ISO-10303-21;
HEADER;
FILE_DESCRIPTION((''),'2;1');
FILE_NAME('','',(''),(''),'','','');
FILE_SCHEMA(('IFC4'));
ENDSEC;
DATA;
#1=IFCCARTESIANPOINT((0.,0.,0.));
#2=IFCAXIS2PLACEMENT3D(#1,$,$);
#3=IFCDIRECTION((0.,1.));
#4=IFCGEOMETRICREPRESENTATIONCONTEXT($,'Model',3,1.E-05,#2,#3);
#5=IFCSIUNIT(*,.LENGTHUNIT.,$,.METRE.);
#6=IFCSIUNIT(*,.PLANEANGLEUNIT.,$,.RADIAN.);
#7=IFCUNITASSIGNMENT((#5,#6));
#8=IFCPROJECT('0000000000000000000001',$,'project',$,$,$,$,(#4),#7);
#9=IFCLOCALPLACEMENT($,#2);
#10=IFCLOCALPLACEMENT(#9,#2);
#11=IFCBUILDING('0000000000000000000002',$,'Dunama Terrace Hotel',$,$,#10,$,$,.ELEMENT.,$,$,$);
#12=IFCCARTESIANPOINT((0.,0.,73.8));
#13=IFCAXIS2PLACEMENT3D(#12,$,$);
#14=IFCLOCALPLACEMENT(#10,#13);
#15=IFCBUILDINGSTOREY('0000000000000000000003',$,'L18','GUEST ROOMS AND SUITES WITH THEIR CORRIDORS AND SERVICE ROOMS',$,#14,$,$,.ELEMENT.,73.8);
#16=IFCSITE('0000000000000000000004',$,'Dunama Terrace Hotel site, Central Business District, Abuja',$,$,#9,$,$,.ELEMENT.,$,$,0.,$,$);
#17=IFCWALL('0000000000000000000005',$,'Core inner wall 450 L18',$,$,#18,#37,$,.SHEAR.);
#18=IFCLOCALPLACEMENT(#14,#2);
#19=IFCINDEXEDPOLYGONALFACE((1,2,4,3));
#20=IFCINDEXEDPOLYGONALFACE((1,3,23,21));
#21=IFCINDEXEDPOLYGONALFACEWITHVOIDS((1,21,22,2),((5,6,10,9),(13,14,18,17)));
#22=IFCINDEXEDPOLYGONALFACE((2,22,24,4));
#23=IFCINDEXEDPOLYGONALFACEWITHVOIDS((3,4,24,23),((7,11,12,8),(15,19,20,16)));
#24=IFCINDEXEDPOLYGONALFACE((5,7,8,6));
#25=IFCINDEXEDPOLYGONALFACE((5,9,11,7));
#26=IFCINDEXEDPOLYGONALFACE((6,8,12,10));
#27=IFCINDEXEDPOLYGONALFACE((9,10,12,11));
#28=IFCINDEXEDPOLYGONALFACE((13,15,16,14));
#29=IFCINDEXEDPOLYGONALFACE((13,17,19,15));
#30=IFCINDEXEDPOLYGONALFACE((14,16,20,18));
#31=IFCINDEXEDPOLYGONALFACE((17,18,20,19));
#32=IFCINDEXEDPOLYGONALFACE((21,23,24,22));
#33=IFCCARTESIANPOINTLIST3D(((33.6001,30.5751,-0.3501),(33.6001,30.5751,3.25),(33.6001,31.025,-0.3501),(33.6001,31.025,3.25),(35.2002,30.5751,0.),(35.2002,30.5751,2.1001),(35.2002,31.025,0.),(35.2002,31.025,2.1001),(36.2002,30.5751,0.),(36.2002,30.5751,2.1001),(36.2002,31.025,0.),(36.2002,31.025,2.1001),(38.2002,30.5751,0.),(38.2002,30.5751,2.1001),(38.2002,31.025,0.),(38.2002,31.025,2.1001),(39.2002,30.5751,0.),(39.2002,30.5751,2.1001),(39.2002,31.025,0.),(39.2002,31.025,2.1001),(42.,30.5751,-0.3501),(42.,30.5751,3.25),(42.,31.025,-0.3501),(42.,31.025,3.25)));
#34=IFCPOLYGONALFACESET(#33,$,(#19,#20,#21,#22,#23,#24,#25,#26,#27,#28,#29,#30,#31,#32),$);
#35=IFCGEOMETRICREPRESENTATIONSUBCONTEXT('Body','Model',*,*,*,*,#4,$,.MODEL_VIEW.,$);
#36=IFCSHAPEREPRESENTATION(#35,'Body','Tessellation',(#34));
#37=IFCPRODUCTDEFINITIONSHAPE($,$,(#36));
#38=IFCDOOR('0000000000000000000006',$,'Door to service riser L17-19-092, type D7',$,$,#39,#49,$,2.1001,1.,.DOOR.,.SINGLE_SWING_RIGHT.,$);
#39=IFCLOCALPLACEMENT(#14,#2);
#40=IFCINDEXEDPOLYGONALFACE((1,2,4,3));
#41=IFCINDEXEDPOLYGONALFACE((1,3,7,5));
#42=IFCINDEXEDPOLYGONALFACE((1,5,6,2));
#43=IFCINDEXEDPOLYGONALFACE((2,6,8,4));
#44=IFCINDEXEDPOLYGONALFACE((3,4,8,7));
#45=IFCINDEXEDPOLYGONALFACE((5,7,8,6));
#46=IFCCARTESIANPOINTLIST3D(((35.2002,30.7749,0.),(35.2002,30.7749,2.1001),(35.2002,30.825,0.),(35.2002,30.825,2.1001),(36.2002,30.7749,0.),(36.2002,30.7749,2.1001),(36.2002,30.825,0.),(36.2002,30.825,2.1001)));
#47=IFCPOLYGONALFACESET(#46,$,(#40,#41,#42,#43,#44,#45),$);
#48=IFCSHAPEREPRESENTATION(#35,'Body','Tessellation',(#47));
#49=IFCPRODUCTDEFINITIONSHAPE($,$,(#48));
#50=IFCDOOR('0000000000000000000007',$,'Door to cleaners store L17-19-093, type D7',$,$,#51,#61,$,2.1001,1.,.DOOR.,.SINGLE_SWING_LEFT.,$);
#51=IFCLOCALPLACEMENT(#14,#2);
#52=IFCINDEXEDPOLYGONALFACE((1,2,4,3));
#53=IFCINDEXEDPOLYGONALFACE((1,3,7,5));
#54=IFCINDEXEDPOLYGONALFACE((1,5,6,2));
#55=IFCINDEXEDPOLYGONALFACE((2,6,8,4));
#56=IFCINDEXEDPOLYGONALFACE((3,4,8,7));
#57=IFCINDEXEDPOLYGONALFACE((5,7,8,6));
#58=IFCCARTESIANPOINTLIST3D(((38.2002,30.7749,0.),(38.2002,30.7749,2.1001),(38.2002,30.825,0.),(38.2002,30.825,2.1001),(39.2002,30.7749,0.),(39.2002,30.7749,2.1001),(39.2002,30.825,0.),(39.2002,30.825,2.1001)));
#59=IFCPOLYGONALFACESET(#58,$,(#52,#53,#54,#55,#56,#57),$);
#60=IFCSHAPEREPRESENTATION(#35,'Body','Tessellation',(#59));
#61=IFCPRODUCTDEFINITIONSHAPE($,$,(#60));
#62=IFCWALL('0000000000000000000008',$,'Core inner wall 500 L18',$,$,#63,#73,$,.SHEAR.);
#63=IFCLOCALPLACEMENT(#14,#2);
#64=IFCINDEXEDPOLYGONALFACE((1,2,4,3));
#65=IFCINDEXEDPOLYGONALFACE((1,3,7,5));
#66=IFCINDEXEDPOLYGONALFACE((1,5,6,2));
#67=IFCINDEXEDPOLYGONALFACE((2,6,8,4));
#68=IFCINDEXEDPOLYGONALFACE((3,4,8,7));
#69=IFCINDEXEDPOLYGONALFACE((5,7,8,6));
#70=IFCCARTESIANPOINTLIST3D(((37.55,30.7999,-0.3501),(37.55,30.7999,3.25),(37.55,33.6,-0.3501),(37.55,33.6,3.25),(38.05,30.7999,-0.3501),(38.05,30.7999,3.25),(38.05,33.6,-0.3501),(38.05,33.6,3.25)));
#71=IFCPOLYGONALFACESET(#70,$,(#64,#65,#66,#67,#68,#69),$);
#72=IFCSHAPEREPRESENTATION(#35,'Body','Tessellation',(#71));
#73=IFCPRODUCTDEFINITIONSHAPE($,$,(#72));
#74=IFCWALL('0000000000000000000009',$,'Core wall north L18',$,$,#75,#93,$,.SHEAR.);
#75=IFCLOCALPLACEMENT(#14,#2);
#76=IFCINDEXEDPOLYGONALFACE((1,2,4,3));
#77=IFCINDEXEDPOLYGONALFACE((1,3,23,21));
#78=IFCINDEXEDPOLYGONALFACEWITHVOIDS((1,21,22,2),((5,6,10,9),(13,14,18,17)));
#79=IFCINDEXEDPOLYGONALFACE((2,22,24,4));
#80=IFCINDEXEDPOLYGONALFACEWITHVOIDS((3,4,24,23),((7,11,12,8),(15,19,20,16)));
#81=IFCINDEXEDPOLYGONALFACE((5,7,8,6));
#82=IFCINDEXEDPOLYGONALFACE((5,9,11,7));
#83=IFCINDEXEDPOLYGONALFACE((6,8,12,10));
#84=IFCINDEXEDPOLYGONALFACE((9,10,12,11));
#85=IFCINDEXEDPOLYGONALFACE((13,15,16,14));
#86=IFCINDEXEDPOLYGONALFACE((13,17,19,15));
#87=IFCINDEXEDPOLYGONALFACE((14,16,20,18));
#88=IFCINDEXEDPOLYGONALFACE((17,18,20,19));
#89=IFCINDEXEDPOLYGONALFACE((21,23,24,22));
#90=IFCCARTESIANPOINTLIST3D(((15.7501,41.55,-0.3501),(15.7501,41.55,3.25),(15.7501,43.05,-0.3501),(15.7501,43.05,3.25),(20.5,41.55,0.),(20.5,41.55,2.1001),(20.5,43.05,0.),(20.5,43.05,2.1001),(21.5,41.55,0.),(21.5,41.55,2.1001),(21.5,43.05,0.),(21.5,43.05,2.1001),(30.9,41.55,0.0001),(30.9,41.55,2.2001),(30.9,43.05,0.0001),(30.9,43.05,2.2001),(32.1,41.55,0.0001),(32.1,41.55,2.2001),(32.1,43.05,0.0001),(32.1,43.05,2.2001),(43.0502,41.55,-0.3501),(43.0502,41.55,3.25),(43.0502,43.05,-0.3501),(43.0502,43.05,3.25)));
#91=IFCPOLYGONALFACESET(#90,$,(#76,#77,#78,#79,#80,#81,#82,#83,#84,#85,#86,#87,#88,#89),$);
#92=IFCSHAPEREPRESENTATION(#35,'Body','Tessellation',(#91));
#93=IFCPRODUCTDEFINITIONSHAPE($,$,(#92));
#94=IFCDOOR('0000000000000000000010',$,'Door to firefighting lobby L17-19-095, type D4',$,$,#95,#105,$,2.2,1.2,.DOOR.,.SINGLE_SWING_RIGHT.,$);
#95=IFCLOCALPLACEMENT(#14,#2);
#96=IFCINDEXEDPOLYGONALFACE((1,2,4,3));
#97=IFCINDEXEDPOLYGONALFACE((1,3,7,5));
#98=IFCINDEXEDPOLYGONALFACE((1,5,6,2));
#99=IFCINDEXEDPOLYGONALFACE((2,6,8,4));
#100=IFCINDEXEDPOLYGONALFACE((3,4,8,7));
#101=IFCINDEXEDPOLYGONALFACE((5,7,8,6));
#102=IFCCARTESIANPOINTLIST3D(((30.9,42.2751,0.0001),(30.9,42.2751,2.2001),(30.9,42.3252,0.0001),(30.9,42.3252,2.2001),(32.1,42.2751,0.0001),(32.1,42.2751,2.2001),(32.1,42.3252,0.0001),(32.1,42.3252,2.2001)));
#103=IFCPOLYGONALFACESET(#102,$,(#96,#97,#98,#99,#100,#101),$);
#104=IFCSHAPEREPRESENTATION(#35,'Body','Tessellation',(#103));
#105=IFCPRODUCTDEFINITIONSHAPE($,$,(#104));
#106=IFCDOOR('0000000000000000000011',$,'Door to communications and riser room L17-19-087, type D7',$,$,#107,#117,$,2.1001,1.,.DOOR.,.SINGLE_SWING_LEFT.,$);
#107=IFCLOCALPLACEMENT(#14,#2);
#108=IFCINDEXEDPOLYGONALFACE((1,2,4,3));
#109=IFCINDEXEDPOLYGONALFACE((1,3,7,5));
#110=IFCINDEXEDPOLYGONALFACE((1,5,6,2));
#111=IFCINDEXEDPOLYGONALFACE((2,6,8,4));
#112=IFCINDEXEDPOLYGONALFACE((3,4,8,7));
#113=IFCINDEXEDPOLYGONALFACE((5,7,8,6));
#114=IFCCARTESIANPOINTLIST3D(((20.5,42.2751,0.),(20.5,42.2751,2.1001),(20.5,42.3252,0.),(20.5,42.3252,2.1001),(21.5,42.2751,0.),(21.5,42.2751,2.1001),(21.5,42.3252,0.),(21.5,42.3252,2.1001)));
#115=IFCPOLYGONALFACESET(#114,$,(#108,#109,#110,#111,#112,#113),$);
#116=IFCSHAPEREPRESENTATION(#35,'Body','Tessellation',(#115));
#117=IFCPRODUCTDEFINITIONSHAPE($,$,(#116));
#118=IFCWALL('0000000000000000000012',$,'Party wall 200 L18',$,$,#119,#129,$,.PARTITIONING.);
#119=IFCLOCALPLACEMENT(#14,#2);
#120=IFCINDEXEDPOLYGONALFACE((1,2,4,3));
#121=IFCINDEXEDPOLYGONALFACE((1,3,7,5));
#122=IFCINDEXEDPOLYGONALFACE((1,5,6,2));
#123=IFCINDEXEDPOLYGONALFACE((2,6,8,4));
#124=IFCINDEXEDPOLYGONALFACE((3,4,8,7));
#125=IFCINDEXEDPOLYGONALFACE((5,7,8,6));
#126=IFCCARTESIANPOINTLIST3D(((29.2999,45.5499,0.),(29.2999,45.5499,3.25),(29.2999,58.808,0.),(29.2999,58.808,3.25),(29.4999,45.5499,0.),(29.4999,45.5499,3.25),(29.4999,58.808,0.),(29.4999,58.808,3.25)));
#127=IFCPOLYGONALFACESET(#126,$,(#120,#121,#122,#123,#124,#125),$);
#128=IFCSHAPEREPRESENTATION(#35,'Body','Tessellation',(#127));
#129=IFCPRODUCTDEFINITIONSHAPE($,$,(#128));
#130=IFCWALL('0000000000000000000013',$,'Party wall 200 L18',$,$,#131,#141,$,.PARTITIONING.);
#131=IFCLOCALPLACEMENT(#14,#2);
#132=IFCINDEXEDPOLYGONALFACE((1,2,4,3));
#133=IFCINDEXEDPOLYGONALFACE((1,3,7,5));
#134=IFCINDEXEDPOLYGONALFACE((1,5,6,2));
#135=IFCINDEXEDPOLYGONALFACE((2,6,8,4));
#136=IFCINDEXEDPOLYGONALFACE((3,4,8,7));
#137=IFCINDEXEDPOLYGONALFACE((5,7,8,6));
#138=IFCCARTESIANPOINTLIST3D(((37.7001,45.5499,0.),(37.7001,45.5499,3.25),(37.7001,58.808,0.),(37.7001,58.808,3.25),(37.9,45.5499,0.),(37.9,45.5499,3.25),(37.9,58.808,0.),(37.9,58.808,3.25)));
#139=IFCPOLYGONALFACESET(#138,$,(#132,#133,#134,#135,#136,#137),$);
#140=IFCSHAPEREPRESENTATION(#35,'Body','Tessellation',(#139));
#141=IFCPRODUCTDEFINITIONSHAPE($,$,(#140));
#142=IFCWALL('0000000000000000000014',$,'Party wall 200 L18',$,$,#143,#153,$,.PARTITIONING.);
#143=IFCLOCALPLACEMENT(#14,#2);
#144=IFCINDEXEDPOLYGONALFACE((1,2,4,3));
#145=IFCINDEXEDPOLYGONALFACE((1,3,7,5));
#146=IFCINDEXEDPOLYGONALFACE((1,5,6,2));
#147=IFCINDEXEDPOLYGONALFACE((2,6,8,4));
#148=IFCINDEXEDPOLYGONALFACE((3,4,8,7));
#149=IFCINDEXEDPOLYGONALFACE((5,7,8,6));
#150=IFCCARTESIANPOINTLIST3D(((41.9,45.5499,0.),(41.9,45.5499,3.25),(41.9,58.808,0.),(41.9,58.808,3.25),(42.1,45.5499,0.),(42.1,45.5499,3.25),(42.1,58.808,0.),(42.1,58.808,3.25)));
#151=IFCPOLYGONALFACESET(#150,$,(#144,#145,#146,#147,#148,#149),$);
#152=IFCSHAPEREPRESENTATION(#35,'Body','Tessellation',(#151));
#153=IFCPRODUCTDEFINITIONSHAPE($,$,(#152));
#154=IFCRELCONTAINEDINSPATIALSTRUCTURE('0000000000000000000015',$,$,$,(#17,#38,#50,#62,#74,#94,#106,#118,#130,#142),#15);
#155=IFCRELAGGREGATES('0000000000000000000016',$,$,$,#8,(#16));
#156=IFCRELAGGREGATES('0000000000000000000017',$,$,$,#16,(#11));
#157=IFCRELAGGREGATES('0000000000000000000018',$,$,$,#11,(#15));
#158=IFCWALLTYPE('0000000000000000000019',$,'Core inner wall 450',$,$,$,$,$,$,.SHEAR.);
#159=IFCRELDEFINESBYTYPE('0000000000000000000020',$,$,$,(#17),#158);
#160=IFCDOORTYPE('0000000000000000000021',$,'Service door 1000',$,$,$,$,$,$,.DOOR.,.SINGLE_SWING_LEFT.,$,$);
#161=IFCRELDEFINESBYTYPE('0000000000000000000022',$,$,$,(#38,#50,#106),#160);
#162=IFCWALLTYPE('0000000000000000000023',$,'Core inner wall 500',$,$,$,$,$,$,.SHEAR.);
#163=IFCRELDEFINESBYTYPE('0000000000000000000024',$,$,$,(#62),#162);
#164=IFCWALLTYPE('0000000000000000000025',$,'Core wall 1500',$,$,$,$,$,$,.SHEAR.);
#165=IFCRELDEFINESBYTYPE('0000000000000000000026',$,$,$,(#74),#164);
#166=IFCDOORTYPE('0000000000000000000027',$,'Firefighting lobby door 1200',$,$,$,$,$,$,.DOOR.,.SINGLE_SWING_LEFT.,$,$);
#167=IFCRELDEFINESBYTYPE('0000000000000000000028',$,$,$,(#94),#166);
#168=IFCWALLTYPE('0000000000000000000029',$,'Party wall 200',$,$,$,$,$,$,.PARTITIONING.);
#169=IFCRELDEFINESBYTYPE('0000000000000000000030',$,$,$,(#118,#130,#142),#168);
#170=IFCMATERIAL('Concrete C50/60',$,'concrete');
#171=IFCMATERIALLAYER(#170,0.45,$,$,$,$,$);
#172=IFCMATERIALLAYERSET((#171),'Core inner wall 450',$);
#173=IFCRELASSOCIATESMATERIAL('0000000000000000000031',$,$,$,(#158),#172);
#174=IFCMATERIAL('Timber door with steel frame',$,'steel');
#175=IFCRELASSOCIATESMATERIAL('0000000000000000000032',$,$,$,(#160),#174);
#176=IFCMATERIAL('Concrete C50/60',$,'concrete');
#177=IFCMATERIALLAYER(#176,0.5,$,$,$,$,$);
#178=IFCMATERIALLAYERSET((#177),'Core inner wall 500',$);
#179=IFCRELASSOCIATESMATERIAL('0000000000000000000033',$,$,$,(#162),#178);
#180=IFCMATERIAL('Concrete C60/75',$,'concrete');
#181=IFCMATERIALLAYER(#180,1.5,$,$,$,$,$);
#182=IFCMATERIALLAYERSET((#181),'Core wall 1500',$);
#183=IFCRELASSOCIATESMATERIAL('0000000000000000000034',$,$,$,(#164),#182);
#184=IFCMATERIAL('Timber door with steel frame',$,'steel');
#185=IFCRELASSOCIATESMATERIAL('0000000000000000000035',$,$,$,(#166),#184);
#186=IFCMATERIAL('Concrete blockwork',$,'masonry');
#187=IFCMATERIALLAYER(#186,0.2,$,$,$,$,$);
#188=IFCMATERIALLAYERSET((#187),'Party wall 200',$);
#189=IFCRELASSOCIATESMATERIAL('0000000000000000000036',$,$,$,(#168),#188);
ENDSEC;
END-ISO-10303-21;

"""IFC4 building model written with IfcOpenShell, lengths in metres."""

from ifc_helpers import new_model, si_unit, direction, frame, frame_2d, origin, place, context, subcontext, project, spatial, rectangle, extrude, material, layer, layer_set, type_object, element, fill, save


model = new_model("IFC4")

# Units and contexts
model_context = context("Model", 3, precision=1e-05, world=origin(), true_north=direction((0.0, 1.0)))
body_context = subcontext(model_context, "Body", "Model", "MODEL_VIEW")
ifc_project = project(units=[si_unit("LENGTHUNIT", "METRE"), si_unit("PLANEANGLEUNIT", "RADIAN")], contexts=[model_context])

# Site, building, storey
site_placement = place(None, origin())
site = spatial("IfcSite", under=ifc_project, at=site_placement, Name="Dunama Terrace Hotel site, Central Business District, Abuja", CompositionType="ELEMENT", RefElevation=0.0)
building_placement = place(site_placement, origin())
building = spatial("IfcBuilding", under=site, at=building_placement, Name="Dunama Terrace Hotel", CompositionType="ELEMENT")
storey_placement = place(building_placement, frame((0.0, 0.0, 73.8)))
storey = spatial("IfcBuildingStorey", under=building, at=storey_placement, Name="L18", Description="GUEST ROOMS AND SUITES WITH THEIR CORRIDORS AND SERVICE ROOMS", CompositionType="ELEMENT", Elevation=73.8)

# Shared definitions
ifc_material_1 = material(Name="Concrete C50/60", Category="concrete")
ifc_layer_1 = layer(ifc_material_1, 0.45)
ifc_layer_set_1 = layer_set([ifc_layer_1], Name="Core inner wall 450")
wall_type_1 = type_object("IfcWallType", Name="Core inner wall 450", PredefinedType="SHEAR", material=ifc_layer_set_1)

# Wall, openings, doors
wall_1_placement = place(storey_placement, frame((33.6001, 30.8, -0.3501), z_axis=(0.0, 0.0, 1.0), x_axis=(1.0, 0.0, 0.0)))
wall_1 = element("IfcWall", 1, at=wall_1_placement, inside=storey, type_object=wall_type_1, Name="Core inner wall 450 L18", PredefinedType="SHEAR", context=body_context, shape_type="SweptSolid", body=[
    extrude(rectangle(XDim=8.3999, YDim=0.45, at=frame_2d((4.2, 0.0))), origin(), (0.0, 0.0, 1.0), 3.6001),
])
opening_1_placement = place(wall_1_placement, frame((1.6001, 0.0, 0.3501)))
opening_1 = element("IfcOpeningElement", 2, at=opening_1_placement, cuts=wall_1, PredefinedType="OPENING", context=body_context, shape_type="SweptSolid", body=[
    extrude(rectangle(XDim=1.0, YDim=2.1001, at=frame_2d((0.5, 1.05))), frame((0.0, 0.2349, 0.0), z_axis=(0.0, -1.0, 0.0), x_axis=(1.0, 0.0, 0.0)), (0.0, 0.0, 1.0), 0.47),
])
opening_2_placement = place(wall_1_placement, frame((4.6001, 0.0, 0.3501)))
opening_2 = element("IfcOpeningElement", 3, at=opening_2_placement, cuts=wall_1, PredefinedType="OPENING", context=body_context, shape_type="SweptSolid", body=[
    extrude(rectangle(XDim=1.0, YDim=2.1001, at=frame_2d((0.5, 1.05))), frame((0.0, 0.2349, 0.0), z_axis=(0.0, -1.0, 0.0), x_axis=(1.0, 0.0, 0.0)), (0.0, 0.0, 1.0), 0.47),
])
ifc_material_2 = material(Name="Timber door with steel frame", Category="steel")
door_type_1 = type_object("IfcDoorType", Name="Service door 1000", OperationType="SINGLE_SWING_LEFT", PredefinedType="DOOR", material=ifc_material_2)
door_1_placement = place(opening_1_placement, origin())
door_1 = element("IfcDoor", 4, at=door_1_placement, inside=storey, type_object=door_type_1, Name="Door to service riser L17-19-092, type D7", OperationType="SINGLE_SWING_RIGHT", OverallHeight=2.1001, OverallWidth=1.0, PredefinedType="DOOR", context=body_context, shape_type="SweptSolid", body=[
    extrude(rectangle(XDim=1.0, YDim=2.1001, at=frame_2d((0.5, 1.05))), frame((0.0, 0.0249, 0.0), z_axis=(0.0, -1.0, 0.0), x_axis=(1.0, 0.0, 0.0)), (0.0, 0.0, 1.0), 0.05),
])
fill(opening_1, door_1)
door_2_placement = place(opening_2_placement, origin())
door_2 = element("IfcDoor", 5, at=door_2_placement, inside=storey, type_object=door_type_1, Name="Door to cleaners store L17-19-093, type D7", OperationType="SINGLE_SWING_LEFT", OverallHeight=2.1001, OverallWidth=1.0, PredefinedType="DOOR", context=body_context, shape_type="SweptSolid", body=[
    extrude(rectangle(XDim=1.0, YDim=2.1001, at=frame_2d((0.5, 1.05))), frame((0.0, 0.0249, 0.0), z_axis=(0.0, -1.0, 0.0), x_axis=(1.0, 0.0, 0.0)), (0.0, 0.0, 1.0), 0.05),
])
fill(opening_2, door_2)

# Wall
ifc_material_3 = material(Name="Concrete C50/60", Category="concrete")
ifc_layer_2 = layer(ifc_material_3, 0.5)
ifc_layer_set_2 = layer_set([ifc_layer_2], Name="Core inner wall 500")
wall_type_2 = type_object("IfcWallType", Name="Core inner wall 500", PredefinedType="SHEAR", material=ifc_layer_set_2)
wall_2_placement = place(storey_placement, frame((37.8, 30.8, -0.3501), z_axis=(0.0, 0.0, 1.0), x_axis=(0.0, 1.0, 0.0)))
element("IfcWall", 6, at=wall_2_placement, inside=storey, type_object=wall_type_2, Name="Core inner wall 500 L18", PredefinedType="SHEAR", context=body_context, shape_type="SweptSolid", body=[
    extrude(rectangle(XDim=2.8, YDim=0.5, at=frame_2d((1.3999, 0.0))), origin(), (0.0, 0.0, 1.0), 3.6001),
])

# Wall, openings, doors
ifc_material_4 = material(Name="Concrete C60/75", Category="concrete")
ifc_layer_3 = layer(ifc_material_4, 1.5)
ifc_layer_set_3 = layer_set([ifc_layer_3], Name="Core wall 1500")
wall_type_3 = type_object("IfcWallType", Name="Core wall 1500", PredefinedType="SHEAR", material=ifc_layer_set_3)
wall_3_placement = place(storey_placement, frame((43.05, 42.3, -0.3501), z_axis=(0.0, 0.0, 1.0), x_axis=(-1.0, 0.0, 0.0)))
wall_3 = element("IfcWall", 7, at=wall_3_placement, inside=storey, type_object=wall_type_3, Name="Core wall north L18", PredefinedType="SHEAR", context=body_context, shape_type="SweptSolid", body=[
    extrude(rectangle(XDim=27.3, YDim=1.5, at=frame_2d((13.6499, 0.0))), origin(), (0.0, 0.0, 1.0), 3.6001),
])
opening_3_placement = place(wall_3_placement, frame((21.55, 0.0, 0.3501)))
opening_3 = element("IfcOpeningElement", 8, at=opening_3_placement, cuts=wall_3, PredefinedType="OPENING", context=body_context, shape_type="SweptSolid", body=[
    extrude(rectangle(XDim=1.0, YDim=2.1001, at=frame_2d((0.5, 1.05))), frame((0.0, 0.76, 0.0), z_axis=(0.0, -1.0, 0.0), x_axis=(1.0, 0.0, 0.0)), (0.0, 0.0, 1.0), 1.52),
])
opening_4_placement = place(wall_3_placement, frame((10.95, 0.0, 0.3501)))
opening_4 = element("IfcOpeningElement", 9, at=opening_4_placement, cuts=wall_3, PredefinedType="OPENING", context=body_context, shape_type="SweptSolid", body=[
    extrude(rectangle(XDim=1.2, YDim=2.2, at=frame_2d((0.6001, 1.1001))), frame((0.0, 0.76, 0.0), z_axis=(0.0, -1.0, 0.0), x_axis=(1.0, 0.0, 0.0)), (0.0, 0.0, 1.0), 1.52),
])
ifc_material_5 = material(Name="Timber door with steel frame", Category="steel")
door_type_2 = type_object("IfcDoorType", Name="Firefighting lobby door 1200", OperationType="SINGLE_SWING_LEFT", PredefinedType="DOOR", material=ifc_material_5)
door_3_placement = place(opening_4_placement, origin())
door_3 = element("IfcDoor", 10, at=door_3_placement, inside=storey, type_object=door_type_2, Name="Door to firefighting lobby L17-19-095, type D4", OperationType="SINGLE_SWING_RIGHT", OverallHeight=2.2, OverallWidth=1.2, PredefinedType="DOOR", context=body_context, shape_type="SweptSolid", body=[
    extrude(rectangle(XDim=1.2, YDim=2.2, at=frame_2d((0.6001, 1.1001))), frame((0.0, 0.0249, 0.0), z_axis=(0.0, -1.0, 0.0), x_axis=(1.0, 0.0, 0.0)), (0.0, 0.0, 1.0), 0.05),
])
fill(opening_4, door_3)
door_4_placement = place(opening_3_placement, origin())
door_4 = element("IfcDoor", 11, at=door_4_placement, inside=storey, type_object=door_type_1, Name="Door to communications and riser room L17-19-087, type D7", OperationType="SINGLE_SWING_LEFT", OverallHeight=2.1001, OverallWidth=1.0, PredefinedType="DOOR", context=body_context, shape_type="SweptSolid", body=[
    extrude(rectangle(XDim=1.0, YDim=2.1001, at=frame_2d((0.5, 1.05))), frame((0.0, 0.0249, 0.0), z_axis=(0.0, -1.0, 0.0), x_axis=(1.0, 0.0, 0.0)), (0.0, 0.0, 1.0), 0.05),
])
fill(opening_3, door_4)

# Walls
ifc_material_6 = material(Name="Concrete blockwork", Category="masonry")
ifc_layer_4 = layer(ifc_material_6, 0.2)
ifc_layer_set_4 = layer_set([ifc_layer_4], Name="Party wall 200")
wall_type_4 = type_object("IfcWallType", Name="Party wall 200", PredefinedType="PARTITIONING", material=ifc_layer_set_4)
for number, where, z_axis, x_axis, name in (
    (12, (29.3999, 45.55, 0.0), (0.0, 0.0, 1.0), (0.0, 1.0, 0.0), "Party wall 200 L18"),
    (13, (37.8, 45.55, 0.0), (0.0, 0.0, 1.0), (0.0, 1.0, 0.0), "Party wall 200 L18"),
    (14, (42.0, 45.55, 0.0), (0.0, 0.0, 1.0), (0.0, 1.0, 0.0), "Party wall 200 L18"),
):
    element("IfcWall", number, at=place(storey_placement, frame(where, z_axis=z_axis, x_axis=x_axis)), inside=storey, type_object=wall_type_4, Name=name, PredefinedType="PARTITIONING", context=body_context, shape_type="SweptSolid", body=[
        extrude(rectangle(XDim=13.2581, YDim=0.2, at=frame_2d((6.6289, 0.0))), origin(), (0.0, 0.0, 1.0), 3.25),
    ])

save(model, "model.ifc")
